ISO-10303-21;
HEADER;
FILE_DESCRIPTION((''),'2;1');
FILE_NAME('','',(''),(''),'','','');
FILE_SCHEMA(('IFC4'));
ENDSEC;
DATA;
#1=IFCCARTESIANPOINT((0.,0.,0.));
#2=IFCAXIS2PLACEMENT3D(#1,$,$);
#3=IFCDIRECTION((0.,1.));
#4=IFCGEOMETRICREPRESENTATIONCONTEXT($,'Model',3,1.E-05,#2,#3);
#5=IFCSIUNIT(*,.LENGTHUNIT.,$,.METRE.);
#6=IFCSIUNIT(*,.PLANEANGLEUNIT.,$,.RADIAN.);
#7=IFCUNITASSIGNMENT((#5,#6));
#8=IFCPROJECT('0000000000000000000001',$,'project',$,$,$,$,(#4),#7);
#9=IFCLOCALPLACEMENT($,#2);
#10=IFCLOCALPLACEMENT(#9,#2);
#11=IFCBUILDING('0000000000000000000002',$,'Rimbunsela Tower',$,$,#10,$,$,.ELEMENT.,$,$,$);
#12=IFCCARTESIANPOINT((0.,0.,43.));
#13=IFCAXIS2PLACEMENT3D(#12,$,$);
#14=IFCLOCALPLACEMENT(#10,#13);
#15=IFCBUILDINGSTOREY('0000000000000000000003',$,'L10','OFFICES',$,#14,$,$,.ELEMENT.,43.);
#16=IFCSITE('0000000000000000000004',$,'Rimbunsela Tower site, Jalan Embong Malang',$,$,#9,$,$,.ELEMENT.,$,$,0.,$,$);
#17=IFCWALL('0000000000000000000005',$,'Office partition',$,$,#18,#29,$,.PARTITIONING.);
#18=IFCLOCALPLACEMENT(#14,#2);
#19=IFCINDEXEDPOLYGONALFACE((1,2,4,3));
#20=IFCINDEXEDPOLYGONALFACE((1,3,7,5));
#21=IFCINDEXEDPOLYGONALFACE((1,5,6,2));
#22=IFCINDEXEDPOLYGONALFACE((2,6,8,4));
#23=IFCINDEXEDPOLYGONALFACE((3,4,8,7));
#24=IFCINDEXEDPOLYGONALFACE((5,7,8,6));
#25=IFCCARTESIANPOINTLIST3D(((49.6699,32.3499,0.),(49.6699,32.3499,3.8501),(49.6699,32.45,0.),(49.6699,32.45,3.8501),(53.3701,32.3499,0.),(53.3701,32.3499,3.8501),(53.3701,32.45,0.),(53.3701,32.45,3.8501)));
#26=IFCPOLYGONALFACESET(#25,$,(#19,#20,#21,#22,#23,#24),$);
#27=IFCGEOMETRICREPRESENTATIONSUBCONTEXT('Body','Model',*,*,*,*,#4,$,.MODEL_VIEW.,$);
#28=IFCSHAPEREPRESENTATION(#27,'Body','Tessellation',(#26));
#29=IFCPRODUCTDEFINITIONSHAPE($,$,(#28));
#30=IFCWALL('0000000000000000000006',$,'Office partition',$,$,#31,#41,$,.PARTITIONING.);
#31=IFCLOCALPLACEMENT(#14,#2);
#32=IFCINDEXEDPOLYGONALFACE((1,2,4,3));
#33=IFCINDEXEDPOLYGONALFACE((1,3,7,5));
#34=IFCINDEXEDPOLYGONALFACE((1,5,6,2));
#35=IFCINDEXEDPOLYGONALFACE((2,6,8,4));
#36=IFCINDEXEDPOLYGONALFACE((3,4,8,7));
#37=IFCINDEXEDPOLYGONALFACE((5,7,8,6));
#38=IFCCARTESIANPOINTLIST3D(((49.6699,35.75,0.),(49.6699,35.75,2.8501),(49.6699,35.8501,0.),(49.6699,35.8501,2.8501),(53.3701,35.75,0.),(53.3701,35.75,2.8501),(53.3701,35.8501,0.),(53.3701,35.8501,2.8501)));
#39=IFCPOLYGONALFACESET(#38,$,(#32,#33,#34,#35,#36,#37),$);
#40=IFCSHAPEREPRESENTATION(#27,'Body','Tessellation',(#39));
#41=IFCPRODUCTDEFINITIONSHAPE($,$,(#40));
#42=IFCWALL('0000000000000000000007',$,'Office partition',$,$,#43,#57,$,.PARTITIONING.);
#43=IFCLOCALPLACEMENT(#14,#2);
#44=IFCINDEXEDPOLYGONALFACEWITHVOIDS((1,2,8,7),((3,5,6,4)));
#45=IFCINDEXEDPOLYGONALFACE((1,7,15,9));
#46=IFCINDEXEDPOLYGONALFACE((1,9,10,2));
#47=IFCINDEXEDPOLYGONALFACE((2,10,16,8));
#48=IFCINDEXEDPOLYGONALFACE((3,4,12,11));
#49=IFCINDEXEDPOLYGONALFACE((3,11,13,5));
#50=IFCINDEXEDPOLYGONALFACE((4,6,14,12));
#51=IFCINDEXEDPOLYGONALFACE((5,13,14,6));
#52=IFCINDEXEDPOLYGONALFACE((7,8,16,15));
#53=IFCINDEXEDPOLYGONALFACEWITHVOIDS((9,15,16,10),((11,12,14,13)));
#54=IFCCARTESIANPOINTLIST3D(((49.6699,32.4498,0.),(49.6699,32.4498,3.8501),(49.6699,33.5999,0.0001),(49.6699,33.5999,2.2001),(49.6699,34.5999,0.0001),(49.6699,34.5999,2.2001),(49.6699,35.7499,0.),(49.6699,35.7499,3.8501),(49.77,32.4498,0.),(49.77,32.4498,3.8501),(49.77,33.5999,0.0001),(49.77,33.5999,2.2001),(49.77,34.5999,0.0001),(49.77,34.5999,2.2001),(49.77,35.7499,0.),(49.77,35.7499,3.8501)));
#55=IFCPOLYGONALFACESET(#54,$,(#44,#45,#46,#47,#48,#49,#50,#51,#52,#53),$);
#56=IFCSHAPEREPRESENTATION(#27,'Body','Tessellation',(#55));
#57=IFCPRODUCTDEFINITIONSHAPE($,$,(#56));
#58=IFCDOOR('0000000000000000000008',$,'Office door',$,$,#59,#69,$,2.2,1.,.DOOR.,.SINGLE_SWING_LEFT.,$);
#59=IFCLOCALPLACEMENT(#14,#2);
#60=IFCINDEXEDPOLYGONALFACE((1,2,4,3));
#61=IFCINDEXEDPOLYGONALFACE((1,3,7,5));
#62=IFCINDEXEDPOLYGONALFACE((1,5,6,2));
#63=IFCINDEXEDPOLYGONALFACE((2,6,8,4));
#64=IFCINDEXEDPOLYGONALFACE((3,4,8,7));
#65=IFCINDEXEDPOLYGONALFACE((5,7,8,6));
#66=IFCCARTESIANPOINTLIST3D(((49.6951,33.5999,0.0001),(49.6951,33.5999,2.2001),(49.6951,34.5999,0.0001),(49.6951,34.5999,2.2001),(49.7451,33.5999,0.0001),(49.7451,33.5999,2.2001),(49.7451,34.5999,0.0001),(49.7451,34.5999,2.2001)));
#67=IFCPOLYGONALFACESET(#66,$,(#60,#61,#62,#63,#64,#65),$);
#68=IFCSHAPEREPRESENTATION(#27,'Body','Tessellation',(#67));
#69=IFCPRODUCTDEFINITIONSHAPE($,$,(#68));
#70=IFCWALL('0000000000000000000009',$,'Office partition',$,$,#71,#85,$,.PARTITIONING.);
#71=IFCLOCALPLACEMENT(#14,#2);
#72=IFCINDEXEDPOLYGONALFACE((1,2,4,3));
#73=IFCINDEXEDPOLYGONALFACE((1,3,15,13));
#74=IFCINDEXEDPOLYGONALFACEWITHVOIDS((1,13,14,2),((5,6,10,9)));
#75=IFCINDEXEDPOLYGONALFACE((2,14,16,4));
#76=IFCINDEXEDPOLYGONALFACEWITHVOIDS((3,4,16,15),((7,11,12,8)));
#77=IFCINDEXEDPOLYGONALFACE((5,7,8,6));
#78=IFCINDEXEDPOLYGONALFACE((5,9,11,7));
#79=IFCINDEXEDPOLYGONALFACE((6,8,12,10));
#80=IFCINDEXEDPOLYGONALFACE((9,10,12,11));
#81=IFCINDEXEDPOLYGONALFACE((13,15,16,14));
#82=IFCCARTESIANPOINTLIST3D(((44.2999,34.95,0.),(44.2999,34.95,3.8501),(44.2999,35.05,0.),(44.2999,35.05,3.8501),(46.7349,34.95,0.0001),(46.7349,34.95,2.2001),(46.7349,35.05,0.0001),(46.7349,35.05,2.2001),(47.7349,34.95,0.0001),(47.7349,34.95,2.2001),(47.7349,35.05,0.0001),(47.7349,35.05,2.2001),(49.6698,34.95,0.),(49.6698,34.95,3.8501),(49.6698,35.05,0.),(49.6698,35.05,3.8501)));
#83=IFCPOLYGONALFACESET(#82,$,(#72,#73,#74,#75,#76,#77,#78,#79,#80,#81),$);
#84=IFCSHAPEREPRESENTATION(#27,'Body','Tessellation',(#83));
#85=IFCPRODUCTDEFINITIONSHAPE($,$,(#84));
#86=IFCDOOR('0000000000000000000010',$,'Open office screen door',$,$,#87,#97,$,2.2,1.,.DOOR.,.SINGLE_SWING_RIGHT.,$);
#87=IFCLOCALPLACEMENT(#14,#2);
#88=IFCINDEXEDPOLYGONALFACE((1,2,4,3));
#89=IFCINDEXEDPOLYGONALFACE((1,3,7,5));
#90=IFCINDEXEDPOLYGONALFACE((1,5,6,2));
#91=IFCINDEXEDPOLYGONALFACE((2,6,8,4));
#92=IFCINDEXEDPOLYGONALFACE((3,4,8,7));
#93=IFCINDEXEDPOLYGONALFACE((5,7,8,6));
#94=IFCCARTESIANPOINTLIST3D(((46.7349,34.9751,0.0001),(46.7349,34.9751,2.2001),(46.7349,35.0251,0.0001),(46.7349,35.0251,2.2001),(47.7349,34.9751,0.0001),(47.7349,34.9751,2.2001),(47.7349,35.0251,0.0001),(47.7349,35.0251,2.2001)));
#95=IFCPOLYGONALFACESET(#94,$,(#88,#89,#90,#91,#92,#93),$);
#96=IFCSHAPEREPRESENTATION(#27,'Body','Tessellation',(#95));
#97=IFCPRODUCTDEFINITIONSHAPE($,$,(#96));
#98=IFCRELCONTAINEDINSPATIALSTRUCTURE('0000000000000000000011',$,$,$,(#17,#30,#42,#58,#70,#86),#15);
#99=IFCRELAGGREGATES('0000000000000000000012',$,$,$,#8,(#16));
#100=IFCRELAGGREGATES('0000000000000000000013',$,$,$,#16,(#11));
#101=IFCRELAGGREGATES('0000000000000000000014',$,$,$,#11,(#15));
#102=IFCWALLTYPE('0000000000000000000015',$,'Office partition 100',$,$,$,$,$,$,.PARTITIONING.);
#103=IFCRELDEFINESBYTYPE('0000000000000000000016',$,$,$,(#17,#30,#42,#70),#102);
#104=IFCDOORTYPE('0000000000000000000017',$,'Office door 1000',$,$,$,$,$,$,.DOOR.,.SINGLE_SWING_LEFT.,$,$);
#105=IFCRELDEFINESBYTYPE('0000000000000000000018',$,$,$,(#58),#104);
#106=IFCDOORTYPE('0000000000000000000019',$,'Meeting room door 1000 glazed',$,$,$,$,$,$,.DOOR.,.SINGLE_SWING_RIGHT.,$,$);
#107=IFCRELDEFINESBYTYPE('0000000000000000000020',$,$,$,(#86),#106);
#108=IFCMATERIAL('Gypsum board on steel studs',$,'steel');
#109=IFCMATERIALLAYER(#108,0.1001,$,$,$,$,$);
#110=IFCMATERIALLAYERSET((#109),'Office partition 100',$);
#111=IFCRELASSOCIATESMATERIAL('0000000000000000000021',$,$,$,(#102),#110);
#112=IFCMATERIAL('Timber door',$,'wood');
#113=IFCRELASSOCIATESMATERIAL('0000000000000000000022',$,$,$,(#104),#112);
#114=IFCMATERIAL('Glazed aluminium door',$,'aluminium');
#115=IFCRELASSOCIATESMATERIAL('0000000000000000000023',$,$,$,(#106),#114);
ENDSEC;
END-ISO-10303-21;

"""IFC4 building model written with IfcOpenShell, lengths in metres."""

from ifc_helpers import new_model, si_unit, direction, frame, frame_2d, origin, place, context, subcontext, project, spatial, rectangle, extrude, material, layer, layer_set, type_object, element, fill, save


model = new_model("IFC4")

# Units and contexts
model_context = context("Model", 3, precision=1e-05, world=origin(), true_north=direction((0.0, 1.0)))
body_context = subcontext(model_context, "Body", "Model", "MODEL_VIEW")
ifc_project = project(units=[si_unit("LENGTHUNIT", "METRE"), si_unit("PLANEANGLEUNIT", "RADIAN")], contexts=[model_context])

# Site, building, storey
site_placement = place(None, origin())
site = spatial("IfcSite", under=ifc_project, at=site_placement, Name="Rimbunsela Tower site, Jalan Embong Malang", CompositionType="ELEMENT", RefElevation=0.0)
building_placement = place(site_placement, origin())
building = spatial("IfcBuilding", under=site, at=building_placement, Name="Rimbunsela Tower", CompositionType="ELEMENT")
storey_placement = place(building_placement, frame((0.0, 0.0, 43.0)))
storey = spatial("IfcBuildingStorey", under=building, at=storey_placement, Name="L10", Description="OFFICES", CompositionType="ELEMENT", Elevation=43.0)

# Shared definitions
ifc_material_1 = material(Name="Gypsum board on steel studs", Category="steel")
ifc_layer_1 = layer(ifc_material_1, 0.1001)
ifc_layer_set_1 = layer_set([ifc_layer_1], Name="Office partition 100")
wall_type = type_object("IfcWallType", Name="Office partition 100", PredefinedType="PARTITIONING", material=ifc_layer_set_1)
ifc_material_2 = material(Name="Timber door", Category="wood")
door_type_1 = type_object("IfcDoorType", Name="Office door 1000", OperationType="SINGLE_SWING_LEFT", PredefinedType="DOOR", material=ifc_material_2)

# Walls
wall_1_placement = place(storey_placement, frame((49.6699, 32.3999, 0.0), z_axis=(0.0, 0.0, 1.0), x_axis=(1.0, 0.0, 0.0)))
element("IfcWall", 1, at=wall_1_placement, inside=storey, type_object=wall_type, Name="Office partition", PredefinedType="PARTITIONING", context=body_context, shape_type="SweptSolid", body=[
    extrude(rectangle(XDim=3.7002, YDim=0.1001, at=frame_2d((1.8501, 0.0))), origin(), (0.0, 0.0, 1.0), 3.8501),
])
wall_2_placement = place(storey_placement, frame((49.6699, 35.8, 0.0), z_axis=(0.0, 0.0, 1.0), x_axis=(1.0, 0.0, 0.0)))
element("IfcWall", 2, at=wall_2_placement, inside=storey, type_object=wall_type, Name="Office partition", PredefinedType="PARTITIONING", context=body_context, shape_type="SweptSolid", body=[
    extrude(rectangle(XDim=3.7002, YDim=0.1001, at=frame_2d((1.8501, 0.0))), origin(), (0.0, 0.0, 1.0), 2.8501),
])

# Walls, openings, doors
wall_3_placement = place(storey_placement, frame((49.72, 32.45, 0.0), z_axis=(0.0, 0.0, 1.0), x_axis=(0.0, 1.0, 0.0)))
wall_3 = element("IfcWall", 3, at=wall_3_placement, inside=storey, type_object=wall_type, Name="Office partition", PredefinedType="PARTITIONING", context=body_context, shape_type="SweptSolid", body=[
    extrude(rectangle(XDim=3.3, YDim=0.1001, at=frame_2d((1.6499, 0.0))), origin(), (0.0, 0.0, 1.0), 3.8501),
])
opening_1_placement = place(wall_3_placement, frame((1.1499, 0.0, 0.0)))
opening_1 = element("IfcOpeningElement", 4, at=opening_1_placement, cuts=wall_3, PredefinedType="OPENING", context=body_context, shape_type="SweptSolid", body=[
    extrude(rectangle(XDim=1.0, YDim=2.2, at=frame_2d((0.5, 1.1001))), frame((0.0, 0.0601, 0.0), z_axis=(0.0, -1.0, 0.0), x_axis=(1.0, 0.0, 0.0)), (0.0, 0.0, 1.0), 0.1201),
])
door_1_placement = place(opening_1_placement, origin())
door_1 = element("IfcDoor", 5, at=door_1_placement, inside=storey, type_object=door_type_1, Name="Office door", OperationType="SINGLE_SWING_LEFT", OverallHeight=2.2, OverallWidth=1.0, PredefinedType="DOOR", context=body_context, shape_type="SweptSolid", body=[
    extrude(rectangle(XDim=1.0, YDim=2.2, at=frame_2d((0.5, 1.1001))), frame((0.0, 0.0249, 0.0), z_axis=(0.0, -1.0, 0.0), x_axis=(1.0, 0.0, 0.0)), (0.0, 0.0, 1.0), 0.05),
])
fill(opening_1, door_1)
wall_4_placement = place(storey_placement, frame((49.6699, 35.0, 0.0), z_axis=(0.0, 0.0, 1.0), x_axis=(-1.0, 0.0, 0.0)))
wall_4 = element("IfcWall", 6, at=wall_4_placement, inside=storey, type_object=wall_type, Name="Office partition", PredefinedType="PARTITIONING", context=body_context, shape_type="SweptSolid", body=[
    extrude(rectangle(XDim=5.3699, YDim=0.1001, at=frame_2d((2.6851, 0.0))), origin(), (0.0, 0.0, 1.0), 3.8501),
])
opening_2_placement = place(wall_4_placement, frame((1.9351, 0.0, 0.0)))
opening_2 = element("IfcOpeningElement", 7, at=opening_2_placement, cuts=wall_4, PredefinedType="OPENING", context=body_context, shape_type="SweptSolid", body=[
    extrude(rectangle(XDim=1.0, YDim=2.2, at=frame_2d((0.5, 1.1001))), frame((0.0, 0.0601, 0.0), z_axis=(0.0, -1.0, 0.0), x_axis=(1.0, 0.0, 0.0)), (0.0, 0.0, 1.0), 0.1201),
])
ifc_material_3 = material(Name="Glazed aluminium door", Category="aluminium")
door_type_2 = type_object("IfcDoorType", Name="Meeting room door 1000 glazed", OperationType="SINGLE_SWING_RIGHT", PredefinedType="DOOR", material=ifc_material_3)
door_2_placement = place(opening_2_placement, origin())
door_2 = element("IfcDoor", 8, at=door_2_placement, inside=storey, type_object=door_type_2, Name="Open office screen door", OperationType="SINGLE_SWING_RIGHT", OverallHeight=2.2, OverallWidth=1.0, PredefinedType="DOOR", context=body_context, shape_type="SweptSolid", body=[
    extrude(rectangle(XDim=1.0, YDim=2.2, at=frame_2d((0.5, 1.1001))), frame((0.0, 0.0249, 0.0), z_axis=(0.0, -1.0, 0.0), x_axis=(1.0, 0.0, 0.0)), (0.0, 0.0, 1.0), 0.05),
])
fill(opening_2, door_2)

save(model, "model.ifc")
